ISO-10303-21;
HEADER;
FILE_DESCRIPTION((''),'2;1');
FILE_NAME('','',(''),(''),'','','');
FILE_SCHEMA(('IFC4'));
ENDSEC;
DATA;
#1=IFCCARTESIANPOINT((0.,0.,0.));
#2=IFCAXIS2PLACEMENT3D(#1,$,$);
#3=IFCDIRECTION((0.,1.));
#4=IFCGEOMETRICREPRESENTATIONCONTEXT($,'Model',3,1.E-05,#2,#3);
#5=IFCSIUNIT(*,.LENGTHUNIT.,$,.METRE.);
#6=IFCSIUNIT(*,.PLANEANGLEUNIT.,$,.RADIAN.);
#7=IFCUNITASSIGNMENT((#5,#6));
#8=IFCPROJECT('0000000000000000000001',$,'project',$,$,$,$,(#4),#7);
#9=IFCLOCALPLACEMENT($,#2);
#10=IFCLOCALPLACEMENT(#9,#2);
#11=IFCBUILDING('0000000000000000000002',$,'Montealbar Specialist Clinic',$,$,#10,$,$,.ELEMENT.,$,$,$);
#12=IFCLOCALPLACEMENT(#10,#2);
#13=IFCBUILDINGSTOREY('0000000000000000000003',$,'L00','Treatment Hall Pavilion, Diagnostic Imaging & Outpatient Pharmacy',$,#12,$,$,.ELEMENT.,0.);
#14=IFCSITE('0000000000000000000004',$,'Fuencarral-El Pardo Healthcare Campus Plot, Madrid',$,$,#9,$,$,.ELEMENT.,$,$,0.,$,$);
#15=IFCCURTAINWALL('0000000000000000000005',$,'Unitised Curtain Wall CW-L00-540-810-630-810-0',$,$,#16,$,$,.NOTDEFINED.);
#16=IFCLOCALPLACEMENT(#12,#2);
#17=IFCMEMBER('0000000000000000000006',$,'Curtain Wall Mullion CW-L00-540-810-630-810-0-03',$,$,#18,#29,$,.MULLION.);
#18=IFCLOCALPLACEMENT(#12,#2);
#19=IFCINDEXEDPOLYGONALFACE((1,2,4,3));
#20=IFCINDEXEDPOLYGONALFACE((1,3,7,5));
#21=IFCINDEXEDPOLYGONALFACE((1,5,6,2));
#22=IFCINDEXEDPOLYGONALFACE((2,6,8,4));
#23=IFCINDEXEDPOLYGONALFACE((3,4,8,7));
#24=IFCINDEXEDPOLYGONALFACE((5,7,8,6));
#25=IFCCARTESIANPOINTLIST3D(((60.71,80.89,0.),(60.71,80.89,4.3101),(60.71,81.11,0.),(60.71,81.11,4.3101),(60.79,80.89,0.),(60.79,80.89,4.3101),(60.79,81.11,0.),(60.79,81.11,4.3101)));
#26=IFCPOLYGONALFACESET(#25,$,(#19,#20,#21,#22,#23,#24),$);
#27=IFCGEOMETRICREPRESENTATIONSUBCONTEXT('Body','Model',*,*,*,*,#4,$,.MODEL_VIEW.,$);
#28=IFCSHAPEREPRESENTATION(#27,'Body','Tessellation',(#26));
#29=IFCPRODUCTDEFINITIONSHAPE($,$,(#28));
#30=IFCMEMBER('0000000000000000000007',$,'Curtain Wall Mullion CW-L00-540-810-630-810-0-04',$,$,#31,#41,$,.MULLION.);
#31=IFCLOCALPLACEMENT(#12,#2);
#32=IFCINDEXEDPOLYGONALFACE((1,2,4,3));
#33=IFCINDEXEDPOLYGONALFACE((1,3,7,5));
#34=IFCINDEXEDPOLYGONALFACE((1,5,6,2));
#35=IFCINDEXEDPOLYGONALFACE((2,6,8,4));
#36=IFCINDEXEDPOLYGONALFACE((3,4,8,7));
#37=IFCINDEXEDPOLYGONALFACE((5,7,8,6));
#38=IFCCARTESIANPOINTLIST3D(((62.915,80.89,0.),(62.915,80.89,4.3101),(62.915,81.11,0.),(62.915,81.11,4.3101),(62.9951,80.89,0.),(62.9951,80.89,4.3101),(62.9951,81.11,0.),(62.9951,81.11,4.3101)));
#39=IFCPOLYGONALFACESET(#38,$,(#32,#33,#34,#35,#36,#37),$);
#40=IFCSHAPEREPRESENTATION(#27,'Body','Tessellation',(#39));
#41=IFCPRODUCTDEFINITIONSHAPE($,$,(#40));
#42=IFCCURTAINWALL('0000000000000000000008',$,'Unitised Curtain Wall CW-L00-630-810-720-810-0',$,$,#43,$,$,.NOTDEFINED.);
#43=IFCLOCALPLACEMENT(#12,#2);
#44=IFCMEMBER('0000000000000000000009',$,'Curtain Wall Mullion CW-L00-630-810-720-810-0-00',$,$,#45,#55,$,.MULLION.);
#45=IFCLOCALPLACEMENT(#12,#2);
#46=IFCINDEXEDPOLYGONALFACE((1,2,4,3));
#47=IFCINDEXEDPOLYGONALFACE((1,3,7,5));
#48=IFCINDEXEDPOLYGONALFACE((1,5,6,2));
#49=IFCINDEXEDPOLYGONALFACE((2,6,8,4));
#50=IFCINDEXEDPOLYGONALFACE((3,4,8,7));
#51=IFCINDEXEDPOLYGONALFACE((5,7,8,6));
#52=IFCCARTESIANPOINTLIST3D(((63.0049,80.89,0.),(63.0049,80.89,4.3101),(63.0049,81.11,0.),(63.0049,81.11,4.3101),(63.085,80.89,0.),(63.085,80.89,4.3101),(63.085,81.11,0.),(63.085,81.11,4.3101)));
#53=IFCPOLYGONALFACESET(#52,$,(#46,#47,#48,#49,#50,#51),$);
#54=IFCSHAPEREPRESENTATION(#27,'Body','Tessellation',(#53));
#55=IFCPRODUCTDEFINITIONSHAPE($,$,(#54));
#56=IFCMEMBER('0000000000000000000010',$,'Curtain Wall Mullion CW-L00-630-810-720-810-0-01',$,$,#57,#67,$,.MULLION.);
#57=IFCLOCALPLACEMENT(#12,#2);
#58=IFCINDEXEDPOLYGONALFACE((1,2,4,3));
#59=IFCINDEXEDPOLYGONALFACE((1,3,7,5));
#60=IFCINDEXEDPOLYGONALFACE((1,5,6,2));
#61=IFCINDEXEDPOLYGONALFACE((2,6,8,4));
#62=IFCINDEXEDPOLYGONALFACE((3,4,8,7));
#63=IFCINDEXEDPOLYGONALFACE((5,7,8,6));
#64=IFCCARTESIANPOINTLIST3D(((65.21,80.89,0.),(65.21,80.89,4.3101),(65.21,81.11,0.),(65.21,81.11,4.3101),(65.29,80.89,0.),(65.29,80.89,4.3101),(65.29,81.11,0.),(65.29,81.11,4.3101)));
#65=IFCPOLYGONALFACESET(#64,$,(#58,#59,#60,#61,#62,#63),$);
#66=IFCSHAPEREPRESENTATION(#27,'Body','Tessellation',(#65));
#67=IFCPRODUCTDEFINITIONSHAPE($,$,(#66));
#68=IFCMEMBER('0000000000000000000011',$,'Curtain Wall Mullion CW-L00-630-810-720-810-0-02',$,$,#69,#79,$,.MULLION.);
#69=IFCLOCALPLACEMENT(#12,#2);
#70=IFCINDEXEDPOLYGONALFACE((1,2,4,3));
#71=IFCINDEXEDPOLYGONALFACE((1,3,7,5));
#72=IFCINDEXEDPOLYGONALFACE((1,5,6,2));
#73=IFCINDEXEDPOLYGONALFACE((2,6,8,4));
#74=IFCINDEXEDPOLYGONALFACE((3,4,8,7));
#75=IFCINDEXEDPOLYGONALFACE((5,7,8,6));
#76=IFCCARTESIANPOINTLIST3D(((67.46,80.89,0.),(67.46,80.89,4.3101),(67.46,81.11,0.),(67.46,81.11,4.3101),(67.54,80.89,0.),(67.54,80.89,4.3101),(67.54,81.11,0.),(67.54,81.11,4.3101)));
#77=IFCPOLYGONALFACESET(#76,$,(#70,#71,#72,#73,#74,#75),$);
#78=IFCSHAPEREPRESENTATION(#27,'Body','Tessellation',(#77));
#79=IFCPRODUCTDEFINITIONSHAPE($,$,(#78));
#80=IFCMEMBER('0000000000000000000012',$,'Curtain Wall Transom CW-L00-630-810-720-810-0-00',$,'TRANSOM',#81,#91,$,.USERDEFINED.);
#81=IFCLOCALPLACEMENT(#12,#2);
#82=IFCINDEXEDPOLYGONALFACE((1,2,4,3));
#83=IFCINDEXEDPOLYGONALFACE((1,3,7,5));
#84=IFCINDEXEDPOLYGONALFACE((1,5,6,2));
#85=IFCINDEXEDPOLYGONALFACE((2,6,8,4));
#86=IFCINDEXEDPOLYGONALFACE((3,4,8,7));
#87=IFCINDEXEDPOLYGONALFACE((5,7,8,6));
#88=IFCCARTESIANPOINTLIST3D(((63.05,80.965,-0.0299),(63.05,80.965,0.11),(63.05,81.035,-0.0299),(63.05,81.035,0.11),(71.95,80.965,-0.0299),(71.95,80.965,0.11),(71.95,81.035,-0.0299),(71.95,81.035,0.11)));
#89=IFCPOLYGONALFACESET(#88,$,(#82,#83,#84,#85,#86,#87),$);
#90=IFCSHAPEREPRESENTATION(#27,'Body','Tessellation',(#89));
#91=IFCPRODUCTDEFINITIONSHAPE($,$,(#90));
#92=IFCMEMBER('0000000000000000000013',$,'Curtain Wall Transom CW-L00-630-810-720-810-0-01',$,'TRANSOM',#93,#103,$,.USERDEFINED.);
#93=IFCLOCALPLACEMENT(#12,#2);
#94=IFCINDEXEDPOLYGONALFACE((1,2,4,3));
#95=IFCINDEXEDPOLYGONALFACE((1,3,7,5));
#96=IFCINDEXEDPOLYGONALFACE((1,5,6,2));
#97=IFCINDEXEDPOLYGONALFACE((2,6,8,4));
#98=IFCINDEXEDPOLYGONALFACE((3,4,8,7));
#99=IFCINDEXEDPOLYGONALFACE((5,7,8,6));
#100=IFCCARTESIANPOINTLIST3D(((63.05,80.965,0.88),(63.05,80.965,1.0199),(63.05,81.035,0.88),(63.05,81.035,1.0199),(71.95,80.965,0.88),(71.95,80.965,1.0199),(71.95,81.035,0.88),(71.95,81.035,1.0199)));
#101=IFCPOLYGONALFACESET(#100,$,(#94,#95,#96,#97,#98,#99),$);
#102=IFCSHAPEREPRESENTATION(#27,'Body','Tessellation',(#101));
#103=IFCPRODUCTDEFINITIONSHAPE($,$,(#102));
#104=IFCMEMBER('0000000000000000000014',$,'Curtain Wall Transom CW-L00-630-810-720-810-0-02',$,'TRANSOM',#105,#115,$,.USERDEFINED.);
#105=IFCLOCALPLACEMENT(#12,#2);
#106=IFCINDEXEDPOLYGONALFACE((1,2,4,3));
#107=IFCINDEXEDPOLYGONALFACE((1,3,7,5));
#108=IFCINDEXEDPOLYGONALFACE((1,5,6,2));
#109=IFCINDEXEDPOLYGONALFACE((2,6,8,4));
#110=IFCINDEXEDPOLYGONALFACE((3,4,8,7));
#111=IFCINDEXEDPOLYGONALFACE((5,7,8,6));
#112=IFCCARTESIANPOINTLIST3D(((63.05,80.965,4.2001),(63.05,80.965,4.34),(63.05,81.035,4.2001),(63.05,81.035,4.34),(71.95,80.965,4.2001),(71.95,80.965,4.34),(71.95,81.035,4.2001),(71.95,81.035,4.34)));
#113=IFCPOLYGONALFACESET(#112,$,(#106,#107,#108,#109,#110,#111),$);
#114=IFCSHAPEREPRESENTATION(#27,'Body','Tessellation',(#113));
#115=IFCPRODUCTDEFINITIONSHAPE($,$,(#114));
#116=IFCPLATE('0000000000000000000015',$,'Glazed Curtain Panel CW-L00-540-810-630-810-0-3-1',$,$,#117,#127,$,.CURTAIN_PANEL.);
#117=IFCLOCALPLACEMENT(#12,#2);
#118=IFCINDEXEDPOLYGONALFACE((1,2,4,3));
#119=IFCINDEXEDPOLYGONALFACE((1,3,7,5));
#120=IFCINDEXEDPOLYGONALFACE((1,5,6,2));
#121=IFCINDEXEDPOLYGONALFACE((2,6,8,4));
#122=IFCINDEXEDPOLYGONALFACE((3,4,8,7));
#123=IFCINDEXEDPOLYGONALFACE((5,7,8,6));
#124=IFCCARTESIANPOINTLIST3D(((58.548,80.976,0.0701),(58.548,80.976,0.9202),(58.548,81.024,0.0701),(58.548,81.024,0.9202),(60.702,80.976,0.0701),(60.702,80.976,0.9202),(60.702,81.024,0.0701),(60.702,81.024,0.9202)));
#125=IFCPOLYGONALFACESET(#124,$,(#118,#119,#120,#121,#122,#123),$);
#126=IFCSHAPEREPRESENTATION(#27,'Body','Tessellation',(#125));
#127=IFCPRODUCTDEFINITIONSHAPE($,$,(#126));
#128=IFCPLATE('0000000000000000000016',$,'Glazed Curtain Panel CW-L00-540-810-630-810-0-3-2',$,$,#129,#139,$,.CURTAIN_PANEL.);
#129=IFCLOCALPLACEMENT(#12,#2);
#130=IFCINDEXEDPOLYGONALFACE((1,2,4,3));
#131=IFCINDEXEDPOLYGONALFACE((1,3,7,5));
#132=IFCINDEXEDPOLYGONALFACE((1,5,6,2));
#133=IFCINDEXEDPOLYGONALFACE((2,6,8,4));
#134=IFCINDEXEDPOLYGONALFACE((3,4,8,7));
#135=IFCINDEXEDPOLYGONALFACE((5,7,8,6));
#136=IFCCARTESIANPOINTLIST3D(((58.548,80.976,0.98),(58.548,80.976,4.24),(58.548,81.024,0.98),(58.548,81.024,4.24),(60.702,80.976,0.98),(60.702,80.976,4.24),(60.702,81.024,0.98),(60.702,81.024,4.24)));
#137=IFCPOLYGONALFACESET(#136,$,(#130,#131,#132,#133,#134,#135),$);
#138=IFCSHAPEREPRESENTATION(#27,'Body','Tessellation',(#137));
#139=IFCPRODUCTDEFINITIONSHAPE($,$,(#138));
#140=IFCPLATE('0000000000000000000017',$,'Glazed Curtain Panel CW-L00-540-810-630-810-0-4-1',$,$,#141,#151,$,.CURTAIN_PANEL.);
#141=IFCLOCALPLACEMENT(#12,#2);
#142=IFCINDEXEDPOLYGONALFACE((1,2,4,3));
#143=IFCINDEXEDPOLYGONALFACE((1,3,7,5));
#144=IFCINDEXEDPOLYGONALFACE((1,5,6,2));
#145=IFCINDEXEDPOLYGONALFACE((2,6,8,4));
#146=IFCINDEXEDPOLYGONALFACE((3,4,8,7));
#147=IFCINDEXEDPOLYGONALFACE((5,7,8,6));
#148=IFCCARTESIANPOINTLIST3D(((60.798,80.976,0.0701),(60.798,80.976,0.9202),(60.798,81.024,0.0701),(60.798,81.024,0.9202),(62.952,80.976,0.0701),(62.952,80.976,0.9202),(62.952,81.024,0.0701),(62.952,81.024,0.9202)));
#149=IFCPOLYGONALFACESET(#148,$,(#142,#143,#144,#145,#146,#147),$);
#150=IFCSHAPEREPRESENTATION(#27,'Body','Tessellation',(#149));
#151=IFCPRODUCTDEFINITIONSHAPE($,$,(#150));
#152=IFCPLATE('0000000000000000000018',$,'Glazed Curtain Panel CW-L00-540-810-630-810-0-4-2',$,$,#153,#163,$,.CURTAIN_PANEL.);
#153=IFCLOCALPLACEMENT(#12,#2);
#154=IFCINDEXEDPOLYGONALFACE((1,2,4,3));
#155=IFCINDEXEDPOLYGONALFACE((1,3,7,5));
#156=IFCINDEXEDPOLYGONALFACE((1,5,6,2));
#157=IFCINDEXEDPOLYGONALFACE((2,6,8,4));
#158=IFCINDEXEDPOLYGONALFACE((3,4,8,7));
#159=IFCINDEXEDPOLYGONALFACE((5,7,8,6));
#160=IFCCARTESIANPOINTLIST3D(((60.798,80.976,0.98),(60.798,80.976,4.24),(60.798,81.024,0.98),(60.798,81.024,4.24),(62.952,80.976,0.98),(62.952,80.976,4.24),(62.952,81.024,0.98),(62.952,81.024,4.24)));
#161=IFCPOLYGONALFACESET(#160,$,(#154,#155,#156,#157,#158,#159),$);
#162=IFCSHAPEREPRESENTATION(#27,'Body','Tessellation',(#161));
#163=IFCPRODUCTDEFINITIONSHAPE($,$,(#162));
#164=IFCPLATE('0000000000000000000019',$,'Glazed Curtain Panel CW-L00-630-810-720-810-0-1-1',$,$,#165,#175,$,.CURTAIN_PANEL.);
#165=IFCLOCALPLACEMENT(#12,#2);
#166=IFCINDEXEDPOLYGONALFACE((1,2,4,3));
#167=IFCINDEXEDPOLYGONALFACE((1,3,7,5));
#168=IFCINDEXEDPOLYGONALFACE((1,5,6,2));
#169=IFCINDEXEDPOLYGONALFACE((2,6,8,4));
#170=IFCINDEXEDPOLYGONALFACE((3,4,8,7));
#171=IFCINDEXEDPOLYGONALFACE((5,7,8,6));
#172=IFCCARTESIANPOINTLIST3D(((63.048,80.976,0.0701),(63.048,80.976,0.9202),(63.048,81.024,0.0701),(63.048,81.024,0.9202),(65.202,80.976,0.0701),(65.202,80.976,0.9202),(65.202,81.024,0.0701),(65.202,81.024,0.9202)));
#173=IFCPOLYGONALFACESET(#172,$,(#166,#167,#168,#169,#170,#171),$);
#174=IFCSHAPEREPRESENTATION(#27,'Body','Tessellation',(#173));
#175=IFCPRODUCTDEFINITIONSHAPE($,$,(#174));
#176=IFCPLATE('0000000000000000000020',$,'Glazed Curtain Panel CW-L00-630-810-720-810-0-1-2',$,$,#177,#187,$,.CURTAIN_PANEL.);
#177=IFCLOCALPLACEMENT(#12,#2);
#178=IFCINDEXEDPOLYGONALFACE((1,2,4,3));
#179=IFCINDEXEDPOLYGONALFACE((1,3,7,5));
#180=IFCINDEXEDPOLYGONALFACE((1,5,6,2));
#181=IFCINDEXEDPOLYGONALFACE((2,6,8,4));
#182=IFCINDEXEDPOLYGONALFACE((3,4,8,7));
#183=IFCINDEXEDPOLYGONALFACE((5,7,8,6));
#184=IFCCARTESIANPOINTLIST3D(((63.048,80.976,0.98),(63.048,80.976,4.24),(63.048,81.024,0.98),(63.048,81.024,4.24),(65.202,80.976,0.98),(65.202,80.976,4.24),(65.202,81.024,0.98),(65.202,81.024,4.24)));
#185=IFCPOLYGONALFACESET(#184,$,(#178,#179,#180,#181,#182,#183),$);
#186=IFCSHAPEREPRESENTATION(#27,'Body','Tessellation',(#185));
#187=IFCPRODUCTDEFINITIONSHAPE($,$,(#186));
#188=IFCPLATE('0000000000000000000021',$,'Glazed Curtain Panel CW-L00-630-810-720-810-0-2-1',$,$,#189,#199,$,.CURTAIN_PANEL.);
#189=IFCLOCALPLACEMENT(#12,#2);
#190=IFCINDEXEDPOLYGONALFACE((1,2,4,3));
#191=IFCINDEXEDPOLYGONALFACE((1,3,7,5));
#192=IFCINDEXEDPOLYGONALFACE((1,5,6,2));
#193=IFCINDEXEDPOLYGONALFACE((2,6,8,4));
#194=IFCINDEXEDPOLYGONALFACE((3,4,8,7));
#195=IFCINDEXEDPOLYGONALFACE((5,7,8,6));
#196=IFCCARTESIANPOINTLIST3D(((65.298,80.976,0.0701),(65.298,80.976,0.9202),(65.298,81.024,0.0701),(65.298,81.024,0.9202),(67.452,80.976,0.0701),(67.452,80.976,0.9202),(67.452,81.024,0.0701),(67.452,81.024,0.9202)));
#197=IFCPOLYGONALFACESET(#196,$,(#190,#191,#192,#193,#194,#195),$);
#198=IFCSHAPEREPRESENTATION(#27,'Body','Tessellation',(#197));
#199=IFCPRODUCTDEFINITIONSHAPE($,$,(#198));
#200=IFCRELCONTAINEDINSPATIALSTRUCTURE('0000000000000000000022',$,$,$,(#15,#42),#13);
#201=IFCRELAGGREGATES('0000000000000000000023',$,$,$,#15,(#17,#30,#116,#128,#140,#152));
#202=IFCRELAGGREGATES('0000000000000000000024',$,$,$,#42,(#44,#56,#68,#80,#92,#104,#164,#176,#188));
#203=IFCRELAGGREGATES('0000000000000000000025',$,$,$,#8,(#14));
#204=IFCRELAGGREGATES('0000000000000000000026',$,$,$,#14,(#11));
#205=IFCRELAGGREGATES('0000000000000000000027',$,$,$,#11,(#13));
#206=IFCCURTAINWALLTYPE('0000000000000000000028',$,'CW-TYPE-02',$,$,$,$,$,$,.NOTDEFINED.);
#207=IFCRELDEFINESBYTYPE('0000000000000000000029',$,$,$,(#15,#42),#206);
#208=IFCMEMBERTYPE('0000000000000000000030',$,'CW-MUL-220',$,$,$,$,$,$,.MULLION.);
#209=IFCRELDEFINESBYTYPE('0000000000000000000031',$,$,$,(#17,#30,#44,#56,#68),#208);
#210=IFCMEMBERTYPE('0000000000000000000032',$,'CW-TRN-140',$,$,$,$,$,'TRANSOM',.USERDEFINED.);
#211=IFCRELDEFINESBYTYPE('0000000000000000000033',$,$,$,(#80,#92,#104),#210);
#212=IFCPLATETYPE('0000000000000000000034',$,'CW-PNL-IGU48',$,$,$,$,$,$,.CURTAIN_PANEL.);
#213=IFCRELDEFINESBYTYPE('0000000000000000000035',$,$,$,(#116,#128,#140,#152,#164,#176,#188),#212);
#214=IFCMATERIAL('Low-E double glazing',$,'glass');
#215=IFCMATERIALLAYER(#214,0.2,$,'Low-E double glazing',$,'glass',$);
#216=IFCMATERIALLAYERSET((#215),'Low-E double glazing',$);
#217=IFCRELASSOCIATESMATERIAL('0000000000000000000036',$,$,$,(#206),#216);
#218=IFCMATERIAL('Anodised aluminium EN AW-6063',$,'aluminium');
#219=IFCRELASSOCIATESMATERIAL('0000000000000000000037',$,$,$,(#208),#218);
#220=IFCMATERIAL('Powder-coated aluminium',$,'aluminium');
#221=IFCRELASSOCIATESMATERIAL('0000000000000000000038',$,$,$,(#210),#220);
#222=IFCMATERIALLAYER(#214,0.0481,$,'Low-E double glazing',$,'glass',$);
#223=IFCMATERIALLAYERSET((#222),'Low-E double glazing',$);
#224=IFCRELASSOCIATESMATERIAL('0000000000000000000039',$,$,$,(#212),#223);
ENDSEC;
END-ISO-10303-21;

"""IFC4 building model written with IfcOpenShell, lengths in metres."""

from ifc_helpers import new_model, si_unit, direction, frame, origin, origin_2d, place, context, subcontext, project, spatial, rectangle, extrude, material, layer, layer_set, material_profile, profile_set, type_object, element, aggregate, save


model = new_model("IFC4")

# Units and contexts
model_context = context("Model", 3, precision=1e-05, world=origin(), true_north=direction((0.0, 1.0)))
body_context = subcontext(model_context, "Body", "Model", "MODEL_VIEW")
ifc_project = project(units=[si_unit("LENGTHUNIT", "METRE"), si_unit("PLANEANGLEUNIT", "RADIAN")], contexts=[model_context])

# Site, building, storey
site_placement = place(None, origin())
site = spatial("IfcSite", under=ifc_project, at=site_placement, Name="Fuencarral-El Pardo Healthcare Campus Plot, Madrid", CompositionType="ELEMENT", RefElevation=0.0)
building_placement = place(site_placement, origin())
building = spatial("IfcBuilding", under=site, at=building_placement, Name="Montealbar Specialist Clinic", CompositionType="ELEMENT")
storey_placement = place(building_placement, origin())
storey = spatial("IfcBuildingStorey", under=building, at=storey_placement, Name="L00", Description="Treatment Hall Pavilion, Diagnostic Imaging & Outpatient Pharmacy", CompositionType="ELEMENT", Elevation=0.0)

# Curtain walls, members
ifc_material_1 = material(Name="Low-E double glazing", Category="glass")
ifc_layer_1 = layer(ifc_material_1, 0.2, Name="Low-E double glazing", Category="glass")
ifc_layer_set_1 = layer_set([ifc_layer_1], Name="Low-E double glazing")
curtain_wall_type = type_object("IfcCurtainWallType", Name="CW-TYPE-02", PredefinedType="NOTDEFINED", material=ifc_layer_set_1)
curtain_wall_1_placement = place(storey_placement, origin())
curtain_wall_1 = element("IfcCurtainWall", 1, at=curtain_wall_1_placement, inside=storey, type_object=curtain_wall_type, Name="Unitised Curtain Wall CW-L00-540-810-630-810-0", PredefinedType="NOTDEFINED")
ifc_material_2 = material(Name="Anodised aluminium EN AW-6063", Category="aluminium")
ifc_material_profile_1 = material_profile(ifc_material_2, rectangle(XDim=0.0801, YDim=0.22, at=origin_2d()), Name="ALU 80x220", Category="aluminium")
ifc_profile_set_1 = profile_set([ifc_material_profile_1], Name="Anodised aluminium EN AW-6063")
member_type_1 = type_object("IfcMemberType", Name="CW-MUL-220", PredefinedType="MULLION", material=ifc_profile_set_1)
member_1_placement = place(storey_placement, frame((60.75, 81.0, 0.0), z_axis=(0.0, 0.0, 1.0), x_axis=(1.0, 0.0, 0.0)))
member_1 = element("IfcMember", 2, at=member_1_placement, type_object=member_type_1, Name="Curtain Wall Mullion CW-L00-540-810-630-810-0-03", PredefinedType="MULLION", context=body_context, shape_type="SweptSolid", body=[
    extrude(rectangle(XDim=0.0801, YDim=0.22, at=origin_2d()), origin(), (0.0, 0.0, 1.0), 4.3101),
])
member_2_placement = place(storey_placement, frame((62.9551, 81.0, 0.0), z_axis=(0.0, 0.0, 1.0), x_axis=(1.0, 0.0, 0.0)))
member_2 = element("IfcMember", 3, at=member_2_placement, type_object=member_type_1, Name="Curtain Wall Mullion CW-L00-540-810-630-810-0-04", PredefinedType="MULLION", context=body_context, shape_type="SweptSolid", body=[
    extrude(rectangle(XDim=0.0801, YDim=0.22, at=origin_2d()), origin(), (0.0, 0.0, 1.0), 4.3101),
])
curtain_wall_2_placement = place(storey_placement, origin())
curtain_wall_2 = element("IfcCurtainWall", 4, at=curtain_wall_2_placement, inside=storey, type_object=curtain_wall_type, Name="Unitised Curtain Wall CW-L00-630-810-720-810-0", PredefinedType="NOTDEFINED")
member_3_placement = place(storey_placement, frame((63.0449, 81.0, 0.0), z_axis=(0.0, 0.0, 1.0), x_axis=(1.0, 0.0, 0.0)))
member_3 = element("IfcMember", 5, at=member_3_placement, type_object=member_type_1, Name="Curtain Wall Mullion CW-L00-630-810-720-810-0-00", PredefinedType="MULLION", context=body_context, shape_type="SweptSolid", body=[
    extrude(rectangle(XDim=0.0801, YDim=0.22, at=origin_2d()), origin(), (0.0, 0.0, 1.0), 4.3101),
])
member_4_placement = place(storey_placement, frame((65.25, 81.0, 0.0), z_axis=(0.0, 0.0, 1.0), x_axis=(1.0, 0.0, 0.0)))
member_4 = element("IfcMember", 6, at=member_4_placement, type_object=member_type_1, Name="Curtain Wall Mullion CW-L00-630-810-720-810-0-01", PredefinedType="MULLION", context=body_context, shape_type="SweptSolid", body=[
    extrude(rectangle(XDim=0.0801, YDim=0.22, at=origin_2d()), origin(), (0.0, 0.0, 1.0), 4.3101),
])
member_5_placement = place(storey_placement, frame((67.5, 81.0, 0.0), z_axis=(0.0, 0.0, 1.0), x_axis=(1.0, 0.0, 0.0)))
member_5 = element("IfcMember", 7, at=member_5_placement, type_object=member_type_1, Name="Curtain Wall Mullion CW-L00-630-810-720-810-0-02", PredefinedType="MULLION", context=body_context, shape_type="SweptSolid", body=[
    extrude(rectangle(XDim=0.0801, YDim=0.22, at=origin_2d()), origin(), (0.0, 0.0, 1.0), 4.3101),
])
ifc_material_3 = material(Name="Powder-coated aluminium", Category="aluminium")
ifc_material_profile_2 = material_profile(ifc_material_3, rectangle(XDim=0.0701, YDim=0.1399, at=origin_2d()), Name="ALU 70x140", Category="aluminium")
ifc_profile_set_2 = profile_set([ifc_material_profile_2], Name="Powder-coated aluminium")
member_type_2 = type_object("IfcMemberType", Name="CW-TRN-140", ElementType="TRANSOM", PredefinedType="USERDEFINED", material=ifc_profile_set_2)
member_6_placement = place(storey_placement, frame((63.05, 81.0, 0.04), z_axis=(1.0, 0.0, 0.0), x_axis=(0.0, 1.0, 0.0)))
member_6 = element("IfcMember", 8, at=member_6_placement, type_object=member_type_2, Name="Curtain Wall Transom CW-L00-630-810-720-810-0-00", ObjectType="TRANSOM", PredefinedType="USERDEFINED", context=body_context, shape_type="SweptSolid", body=[
    extrude(rectangle(XDim=0.0701, YDim=0.1399, at=origin_2d()), origin(), (0.0, 0.0, 1.0), 8.8999),
])
member_7_placement = place(storey_placement, frame((63.05, 81.0, 0.95), z_axis=(1.0, 0.0, 0.0), x_axis=(0.0, 1.0, 0.0)))
member_7 = element("IfcMember", 9, at=member_7_placement, type_object=member_type_2, Name="Curtain Wall Transom CW-L00-630-810-720-810-0-01", ObjectType="TRANSOM", PredefinedType="USERDEFINED", context=body_context, shape_type="SweptSolid", body=[
    extrude(rectangle(XDim=0.0701, YDim=0.1399, at=origin_2d()), origin(), (0.0, 0.0, 1.0), 8.8999),
])
member_8_placement = place(storey_placement, frame((63.05, 81.0, 4.27), z_axis=(1.0, 0.0, 0.0), x_axis=(0.0, 1.0, 0.0)))
member_8 = element("IfcMember", 10, at=member_8_placement, type_object=member_type_2, Name="Curtain Wall Transom CW-L00-630-810-720-810-0-02", ObjectType="TRANSOM", PredefinedType="USERDEFINED", context=body_context, shape_type="SweptSolid", body=[
    extrude(rectangle(XDim=0.0701, YDim=0.1399, at=origin_2d()), origin(), (0.0, 0.0, 1.0), 8.8999),
])

# Plates
ifc_layer_2 = layer(ifc_material_1, 0.0481, Name="Low-E double glazing", Category="glass")
ifc_layer_set_2 = layer_set([ifc_layer_2], Name="Low-E double glazing")
plate_type = type_object("IfcPlateType", Name="CW-PNL-IGU48", PredefinedType="CURTAIN_PANEL", material=ifc_layer_set_2)
plate_1_placement = place(storey_placement, frame((59.625, 81.0, 0.0701), z_axis=(0.0, 0.0, 1.0), x_axis=(1.0, 0.0, 0.0)))
plate_1 = element("IfcPlate", 11, at=plate_1_placement, type_object=plate_type, Name="Glazed Curtain Panel CW-L00-540-810-630-810-0-3-1", PredefinedType="CURTAIN_PANEL", context=body_context, shape_type="SweptSolid", body=[
    extrude(rectangle(XDim=2.1541, YDim=0.0481, at=origin_2d()), origin(), (0.0, 0.0, 1.0), 0.8501),
])
plate_2_placement = place(storey_placement, frame((59.625, 81.0, 0.98), z_axis=(0.0, 0.0, 1.0), x_axis=(1.0, 0.0, 0.0)))
plate_2 = element("IfcPlate", 12, at=plate_2_placement, type_object=plate_type, Name="Glazed Curtain Panel CW-L00-540-810-630-810-0-3-2", PredefinedType="CURTAIN_PANEL", context=body_context, shape_type="SweptSolid", body=[
    extrude(rectangle(XDim=2.1541, YDim=0.0481, at=origin_2d()), origin(), (0.0, 0.0, 1.0), 3.26),
])
plate_3_placement = place(storey_placement, frame((61.875, 81.0, 0.0701), z_axis=(0.0, 0.0, 1.0), x_axis=(1.0, 0.0, 0.0)))
plate_3 = element("IfcPlate", 13, at=plate_3_placement, type_object=plate_type, Name="Glazed Curtain Panel CW-L00-540-810-630-810-0-4-1", PredefinedType="CURTAIN_PANEL", context=body_context, shape_type="SweptSolid", body=[
    extrude(rectangle(XDim=2.1541, YDim=0.0481, at=origin_2d()), origin(), (0.0, 0.0, 1.0), 0.8501),
])
plate_4_placement = place(storey_placement, frame((61.875, 81.0, 0.98), z_axis=(0.0, 0.0, 1.0), x_axis=(1.0, 0.0, 0.0)))
plate_4 = element("IfcPlate", 14, at=plate_4_placement, type_object=plate_type, Name="Glazed Curtain Panel CW-L00-540-810-630-810-0-4-2", PredefinedType="CURTAIN_PANEL", context=body_context, shape_type="SweptSolid", body=[
    extrude(rectangle(XDim=2.1541, YDim=0.0481, at=origin_2d()), origin(), (0.0, 0.0, 1.0), 3.26),
])
aggregate(curtain_wall_1, [member_1, member_2, plate_1, plate_2, plate_3, plate_4])
plate_5_placement = place(storey_placement, frame((64.125, 81.0, 0.0701), z_axis=(0.0, 0.0, 1.0), x_axis=(1.0, 0.0, 0.0)))
plate_5 = element("IfcPlate", 15, at=plate_5_placement, type_object=plate_type, Name="Glazed Curtain Panel CW-L00-630-810-720-810-0-1-1", PredefinedType="CURTAIN_PANEL", context=body_context, shape_type="SweptSolid", body=[
    extrude(rectangle(XDim=2.1541, YDim=0.0481, at=origin_2d()), origin(), (0.0, 0.0, 1.0), 0.8501),
])
plate_6_placement = place(storey_placement, frame((64.125, 81.0, 0.98), z_axis=(0.0, 0.0, 1.0), x_axis=(1.0, 0.0, 0.0)))
plate_6 = element("IfcPlate", 16, at=plate_6_placement, type_object=plate_type, Name="Glazed Curtain Panel CW-L00-630-810-720-810-0-1-2", PredefinedType="CURTAIN_PANEL", context=body_context, shape_type="SweptSolid", body=[
    extrude(rectangle(XDim=2.1541, YDim=0.0481, at=origin_2d()), origin(), (0.0, 0.0, 1.0), 3.26),
])
plate_7_placement = place(storey_placement, frame((66.375, 81.0, 0.0701), z_axis=(0.0, 0.0, 1.0), x_axis=(1.0, 0.0, 0.0)))
plate_7 = element("IfcPlate", 17, at=plate_7_placement, type_object=plate_type, Name="Glazed Curtain Panel CW-L00-630-810-720-810-0-2-1", PredefinedType="CURTAIN_PANEL", context=body_context, shape_type="SweptSolid", body=[
    extrude(rectangle(XDim=2.1541, YDim=0.0481, at=origin_2d()), origin(), (0.0, 0.0, 1.0), 0.8501),
])
aggregate(curtain_wall_2, [member_3, member_4, member_5, member_6, member_7, member_8, plate_5, plate_6, plate_7])

save(model, "model.ifc")
